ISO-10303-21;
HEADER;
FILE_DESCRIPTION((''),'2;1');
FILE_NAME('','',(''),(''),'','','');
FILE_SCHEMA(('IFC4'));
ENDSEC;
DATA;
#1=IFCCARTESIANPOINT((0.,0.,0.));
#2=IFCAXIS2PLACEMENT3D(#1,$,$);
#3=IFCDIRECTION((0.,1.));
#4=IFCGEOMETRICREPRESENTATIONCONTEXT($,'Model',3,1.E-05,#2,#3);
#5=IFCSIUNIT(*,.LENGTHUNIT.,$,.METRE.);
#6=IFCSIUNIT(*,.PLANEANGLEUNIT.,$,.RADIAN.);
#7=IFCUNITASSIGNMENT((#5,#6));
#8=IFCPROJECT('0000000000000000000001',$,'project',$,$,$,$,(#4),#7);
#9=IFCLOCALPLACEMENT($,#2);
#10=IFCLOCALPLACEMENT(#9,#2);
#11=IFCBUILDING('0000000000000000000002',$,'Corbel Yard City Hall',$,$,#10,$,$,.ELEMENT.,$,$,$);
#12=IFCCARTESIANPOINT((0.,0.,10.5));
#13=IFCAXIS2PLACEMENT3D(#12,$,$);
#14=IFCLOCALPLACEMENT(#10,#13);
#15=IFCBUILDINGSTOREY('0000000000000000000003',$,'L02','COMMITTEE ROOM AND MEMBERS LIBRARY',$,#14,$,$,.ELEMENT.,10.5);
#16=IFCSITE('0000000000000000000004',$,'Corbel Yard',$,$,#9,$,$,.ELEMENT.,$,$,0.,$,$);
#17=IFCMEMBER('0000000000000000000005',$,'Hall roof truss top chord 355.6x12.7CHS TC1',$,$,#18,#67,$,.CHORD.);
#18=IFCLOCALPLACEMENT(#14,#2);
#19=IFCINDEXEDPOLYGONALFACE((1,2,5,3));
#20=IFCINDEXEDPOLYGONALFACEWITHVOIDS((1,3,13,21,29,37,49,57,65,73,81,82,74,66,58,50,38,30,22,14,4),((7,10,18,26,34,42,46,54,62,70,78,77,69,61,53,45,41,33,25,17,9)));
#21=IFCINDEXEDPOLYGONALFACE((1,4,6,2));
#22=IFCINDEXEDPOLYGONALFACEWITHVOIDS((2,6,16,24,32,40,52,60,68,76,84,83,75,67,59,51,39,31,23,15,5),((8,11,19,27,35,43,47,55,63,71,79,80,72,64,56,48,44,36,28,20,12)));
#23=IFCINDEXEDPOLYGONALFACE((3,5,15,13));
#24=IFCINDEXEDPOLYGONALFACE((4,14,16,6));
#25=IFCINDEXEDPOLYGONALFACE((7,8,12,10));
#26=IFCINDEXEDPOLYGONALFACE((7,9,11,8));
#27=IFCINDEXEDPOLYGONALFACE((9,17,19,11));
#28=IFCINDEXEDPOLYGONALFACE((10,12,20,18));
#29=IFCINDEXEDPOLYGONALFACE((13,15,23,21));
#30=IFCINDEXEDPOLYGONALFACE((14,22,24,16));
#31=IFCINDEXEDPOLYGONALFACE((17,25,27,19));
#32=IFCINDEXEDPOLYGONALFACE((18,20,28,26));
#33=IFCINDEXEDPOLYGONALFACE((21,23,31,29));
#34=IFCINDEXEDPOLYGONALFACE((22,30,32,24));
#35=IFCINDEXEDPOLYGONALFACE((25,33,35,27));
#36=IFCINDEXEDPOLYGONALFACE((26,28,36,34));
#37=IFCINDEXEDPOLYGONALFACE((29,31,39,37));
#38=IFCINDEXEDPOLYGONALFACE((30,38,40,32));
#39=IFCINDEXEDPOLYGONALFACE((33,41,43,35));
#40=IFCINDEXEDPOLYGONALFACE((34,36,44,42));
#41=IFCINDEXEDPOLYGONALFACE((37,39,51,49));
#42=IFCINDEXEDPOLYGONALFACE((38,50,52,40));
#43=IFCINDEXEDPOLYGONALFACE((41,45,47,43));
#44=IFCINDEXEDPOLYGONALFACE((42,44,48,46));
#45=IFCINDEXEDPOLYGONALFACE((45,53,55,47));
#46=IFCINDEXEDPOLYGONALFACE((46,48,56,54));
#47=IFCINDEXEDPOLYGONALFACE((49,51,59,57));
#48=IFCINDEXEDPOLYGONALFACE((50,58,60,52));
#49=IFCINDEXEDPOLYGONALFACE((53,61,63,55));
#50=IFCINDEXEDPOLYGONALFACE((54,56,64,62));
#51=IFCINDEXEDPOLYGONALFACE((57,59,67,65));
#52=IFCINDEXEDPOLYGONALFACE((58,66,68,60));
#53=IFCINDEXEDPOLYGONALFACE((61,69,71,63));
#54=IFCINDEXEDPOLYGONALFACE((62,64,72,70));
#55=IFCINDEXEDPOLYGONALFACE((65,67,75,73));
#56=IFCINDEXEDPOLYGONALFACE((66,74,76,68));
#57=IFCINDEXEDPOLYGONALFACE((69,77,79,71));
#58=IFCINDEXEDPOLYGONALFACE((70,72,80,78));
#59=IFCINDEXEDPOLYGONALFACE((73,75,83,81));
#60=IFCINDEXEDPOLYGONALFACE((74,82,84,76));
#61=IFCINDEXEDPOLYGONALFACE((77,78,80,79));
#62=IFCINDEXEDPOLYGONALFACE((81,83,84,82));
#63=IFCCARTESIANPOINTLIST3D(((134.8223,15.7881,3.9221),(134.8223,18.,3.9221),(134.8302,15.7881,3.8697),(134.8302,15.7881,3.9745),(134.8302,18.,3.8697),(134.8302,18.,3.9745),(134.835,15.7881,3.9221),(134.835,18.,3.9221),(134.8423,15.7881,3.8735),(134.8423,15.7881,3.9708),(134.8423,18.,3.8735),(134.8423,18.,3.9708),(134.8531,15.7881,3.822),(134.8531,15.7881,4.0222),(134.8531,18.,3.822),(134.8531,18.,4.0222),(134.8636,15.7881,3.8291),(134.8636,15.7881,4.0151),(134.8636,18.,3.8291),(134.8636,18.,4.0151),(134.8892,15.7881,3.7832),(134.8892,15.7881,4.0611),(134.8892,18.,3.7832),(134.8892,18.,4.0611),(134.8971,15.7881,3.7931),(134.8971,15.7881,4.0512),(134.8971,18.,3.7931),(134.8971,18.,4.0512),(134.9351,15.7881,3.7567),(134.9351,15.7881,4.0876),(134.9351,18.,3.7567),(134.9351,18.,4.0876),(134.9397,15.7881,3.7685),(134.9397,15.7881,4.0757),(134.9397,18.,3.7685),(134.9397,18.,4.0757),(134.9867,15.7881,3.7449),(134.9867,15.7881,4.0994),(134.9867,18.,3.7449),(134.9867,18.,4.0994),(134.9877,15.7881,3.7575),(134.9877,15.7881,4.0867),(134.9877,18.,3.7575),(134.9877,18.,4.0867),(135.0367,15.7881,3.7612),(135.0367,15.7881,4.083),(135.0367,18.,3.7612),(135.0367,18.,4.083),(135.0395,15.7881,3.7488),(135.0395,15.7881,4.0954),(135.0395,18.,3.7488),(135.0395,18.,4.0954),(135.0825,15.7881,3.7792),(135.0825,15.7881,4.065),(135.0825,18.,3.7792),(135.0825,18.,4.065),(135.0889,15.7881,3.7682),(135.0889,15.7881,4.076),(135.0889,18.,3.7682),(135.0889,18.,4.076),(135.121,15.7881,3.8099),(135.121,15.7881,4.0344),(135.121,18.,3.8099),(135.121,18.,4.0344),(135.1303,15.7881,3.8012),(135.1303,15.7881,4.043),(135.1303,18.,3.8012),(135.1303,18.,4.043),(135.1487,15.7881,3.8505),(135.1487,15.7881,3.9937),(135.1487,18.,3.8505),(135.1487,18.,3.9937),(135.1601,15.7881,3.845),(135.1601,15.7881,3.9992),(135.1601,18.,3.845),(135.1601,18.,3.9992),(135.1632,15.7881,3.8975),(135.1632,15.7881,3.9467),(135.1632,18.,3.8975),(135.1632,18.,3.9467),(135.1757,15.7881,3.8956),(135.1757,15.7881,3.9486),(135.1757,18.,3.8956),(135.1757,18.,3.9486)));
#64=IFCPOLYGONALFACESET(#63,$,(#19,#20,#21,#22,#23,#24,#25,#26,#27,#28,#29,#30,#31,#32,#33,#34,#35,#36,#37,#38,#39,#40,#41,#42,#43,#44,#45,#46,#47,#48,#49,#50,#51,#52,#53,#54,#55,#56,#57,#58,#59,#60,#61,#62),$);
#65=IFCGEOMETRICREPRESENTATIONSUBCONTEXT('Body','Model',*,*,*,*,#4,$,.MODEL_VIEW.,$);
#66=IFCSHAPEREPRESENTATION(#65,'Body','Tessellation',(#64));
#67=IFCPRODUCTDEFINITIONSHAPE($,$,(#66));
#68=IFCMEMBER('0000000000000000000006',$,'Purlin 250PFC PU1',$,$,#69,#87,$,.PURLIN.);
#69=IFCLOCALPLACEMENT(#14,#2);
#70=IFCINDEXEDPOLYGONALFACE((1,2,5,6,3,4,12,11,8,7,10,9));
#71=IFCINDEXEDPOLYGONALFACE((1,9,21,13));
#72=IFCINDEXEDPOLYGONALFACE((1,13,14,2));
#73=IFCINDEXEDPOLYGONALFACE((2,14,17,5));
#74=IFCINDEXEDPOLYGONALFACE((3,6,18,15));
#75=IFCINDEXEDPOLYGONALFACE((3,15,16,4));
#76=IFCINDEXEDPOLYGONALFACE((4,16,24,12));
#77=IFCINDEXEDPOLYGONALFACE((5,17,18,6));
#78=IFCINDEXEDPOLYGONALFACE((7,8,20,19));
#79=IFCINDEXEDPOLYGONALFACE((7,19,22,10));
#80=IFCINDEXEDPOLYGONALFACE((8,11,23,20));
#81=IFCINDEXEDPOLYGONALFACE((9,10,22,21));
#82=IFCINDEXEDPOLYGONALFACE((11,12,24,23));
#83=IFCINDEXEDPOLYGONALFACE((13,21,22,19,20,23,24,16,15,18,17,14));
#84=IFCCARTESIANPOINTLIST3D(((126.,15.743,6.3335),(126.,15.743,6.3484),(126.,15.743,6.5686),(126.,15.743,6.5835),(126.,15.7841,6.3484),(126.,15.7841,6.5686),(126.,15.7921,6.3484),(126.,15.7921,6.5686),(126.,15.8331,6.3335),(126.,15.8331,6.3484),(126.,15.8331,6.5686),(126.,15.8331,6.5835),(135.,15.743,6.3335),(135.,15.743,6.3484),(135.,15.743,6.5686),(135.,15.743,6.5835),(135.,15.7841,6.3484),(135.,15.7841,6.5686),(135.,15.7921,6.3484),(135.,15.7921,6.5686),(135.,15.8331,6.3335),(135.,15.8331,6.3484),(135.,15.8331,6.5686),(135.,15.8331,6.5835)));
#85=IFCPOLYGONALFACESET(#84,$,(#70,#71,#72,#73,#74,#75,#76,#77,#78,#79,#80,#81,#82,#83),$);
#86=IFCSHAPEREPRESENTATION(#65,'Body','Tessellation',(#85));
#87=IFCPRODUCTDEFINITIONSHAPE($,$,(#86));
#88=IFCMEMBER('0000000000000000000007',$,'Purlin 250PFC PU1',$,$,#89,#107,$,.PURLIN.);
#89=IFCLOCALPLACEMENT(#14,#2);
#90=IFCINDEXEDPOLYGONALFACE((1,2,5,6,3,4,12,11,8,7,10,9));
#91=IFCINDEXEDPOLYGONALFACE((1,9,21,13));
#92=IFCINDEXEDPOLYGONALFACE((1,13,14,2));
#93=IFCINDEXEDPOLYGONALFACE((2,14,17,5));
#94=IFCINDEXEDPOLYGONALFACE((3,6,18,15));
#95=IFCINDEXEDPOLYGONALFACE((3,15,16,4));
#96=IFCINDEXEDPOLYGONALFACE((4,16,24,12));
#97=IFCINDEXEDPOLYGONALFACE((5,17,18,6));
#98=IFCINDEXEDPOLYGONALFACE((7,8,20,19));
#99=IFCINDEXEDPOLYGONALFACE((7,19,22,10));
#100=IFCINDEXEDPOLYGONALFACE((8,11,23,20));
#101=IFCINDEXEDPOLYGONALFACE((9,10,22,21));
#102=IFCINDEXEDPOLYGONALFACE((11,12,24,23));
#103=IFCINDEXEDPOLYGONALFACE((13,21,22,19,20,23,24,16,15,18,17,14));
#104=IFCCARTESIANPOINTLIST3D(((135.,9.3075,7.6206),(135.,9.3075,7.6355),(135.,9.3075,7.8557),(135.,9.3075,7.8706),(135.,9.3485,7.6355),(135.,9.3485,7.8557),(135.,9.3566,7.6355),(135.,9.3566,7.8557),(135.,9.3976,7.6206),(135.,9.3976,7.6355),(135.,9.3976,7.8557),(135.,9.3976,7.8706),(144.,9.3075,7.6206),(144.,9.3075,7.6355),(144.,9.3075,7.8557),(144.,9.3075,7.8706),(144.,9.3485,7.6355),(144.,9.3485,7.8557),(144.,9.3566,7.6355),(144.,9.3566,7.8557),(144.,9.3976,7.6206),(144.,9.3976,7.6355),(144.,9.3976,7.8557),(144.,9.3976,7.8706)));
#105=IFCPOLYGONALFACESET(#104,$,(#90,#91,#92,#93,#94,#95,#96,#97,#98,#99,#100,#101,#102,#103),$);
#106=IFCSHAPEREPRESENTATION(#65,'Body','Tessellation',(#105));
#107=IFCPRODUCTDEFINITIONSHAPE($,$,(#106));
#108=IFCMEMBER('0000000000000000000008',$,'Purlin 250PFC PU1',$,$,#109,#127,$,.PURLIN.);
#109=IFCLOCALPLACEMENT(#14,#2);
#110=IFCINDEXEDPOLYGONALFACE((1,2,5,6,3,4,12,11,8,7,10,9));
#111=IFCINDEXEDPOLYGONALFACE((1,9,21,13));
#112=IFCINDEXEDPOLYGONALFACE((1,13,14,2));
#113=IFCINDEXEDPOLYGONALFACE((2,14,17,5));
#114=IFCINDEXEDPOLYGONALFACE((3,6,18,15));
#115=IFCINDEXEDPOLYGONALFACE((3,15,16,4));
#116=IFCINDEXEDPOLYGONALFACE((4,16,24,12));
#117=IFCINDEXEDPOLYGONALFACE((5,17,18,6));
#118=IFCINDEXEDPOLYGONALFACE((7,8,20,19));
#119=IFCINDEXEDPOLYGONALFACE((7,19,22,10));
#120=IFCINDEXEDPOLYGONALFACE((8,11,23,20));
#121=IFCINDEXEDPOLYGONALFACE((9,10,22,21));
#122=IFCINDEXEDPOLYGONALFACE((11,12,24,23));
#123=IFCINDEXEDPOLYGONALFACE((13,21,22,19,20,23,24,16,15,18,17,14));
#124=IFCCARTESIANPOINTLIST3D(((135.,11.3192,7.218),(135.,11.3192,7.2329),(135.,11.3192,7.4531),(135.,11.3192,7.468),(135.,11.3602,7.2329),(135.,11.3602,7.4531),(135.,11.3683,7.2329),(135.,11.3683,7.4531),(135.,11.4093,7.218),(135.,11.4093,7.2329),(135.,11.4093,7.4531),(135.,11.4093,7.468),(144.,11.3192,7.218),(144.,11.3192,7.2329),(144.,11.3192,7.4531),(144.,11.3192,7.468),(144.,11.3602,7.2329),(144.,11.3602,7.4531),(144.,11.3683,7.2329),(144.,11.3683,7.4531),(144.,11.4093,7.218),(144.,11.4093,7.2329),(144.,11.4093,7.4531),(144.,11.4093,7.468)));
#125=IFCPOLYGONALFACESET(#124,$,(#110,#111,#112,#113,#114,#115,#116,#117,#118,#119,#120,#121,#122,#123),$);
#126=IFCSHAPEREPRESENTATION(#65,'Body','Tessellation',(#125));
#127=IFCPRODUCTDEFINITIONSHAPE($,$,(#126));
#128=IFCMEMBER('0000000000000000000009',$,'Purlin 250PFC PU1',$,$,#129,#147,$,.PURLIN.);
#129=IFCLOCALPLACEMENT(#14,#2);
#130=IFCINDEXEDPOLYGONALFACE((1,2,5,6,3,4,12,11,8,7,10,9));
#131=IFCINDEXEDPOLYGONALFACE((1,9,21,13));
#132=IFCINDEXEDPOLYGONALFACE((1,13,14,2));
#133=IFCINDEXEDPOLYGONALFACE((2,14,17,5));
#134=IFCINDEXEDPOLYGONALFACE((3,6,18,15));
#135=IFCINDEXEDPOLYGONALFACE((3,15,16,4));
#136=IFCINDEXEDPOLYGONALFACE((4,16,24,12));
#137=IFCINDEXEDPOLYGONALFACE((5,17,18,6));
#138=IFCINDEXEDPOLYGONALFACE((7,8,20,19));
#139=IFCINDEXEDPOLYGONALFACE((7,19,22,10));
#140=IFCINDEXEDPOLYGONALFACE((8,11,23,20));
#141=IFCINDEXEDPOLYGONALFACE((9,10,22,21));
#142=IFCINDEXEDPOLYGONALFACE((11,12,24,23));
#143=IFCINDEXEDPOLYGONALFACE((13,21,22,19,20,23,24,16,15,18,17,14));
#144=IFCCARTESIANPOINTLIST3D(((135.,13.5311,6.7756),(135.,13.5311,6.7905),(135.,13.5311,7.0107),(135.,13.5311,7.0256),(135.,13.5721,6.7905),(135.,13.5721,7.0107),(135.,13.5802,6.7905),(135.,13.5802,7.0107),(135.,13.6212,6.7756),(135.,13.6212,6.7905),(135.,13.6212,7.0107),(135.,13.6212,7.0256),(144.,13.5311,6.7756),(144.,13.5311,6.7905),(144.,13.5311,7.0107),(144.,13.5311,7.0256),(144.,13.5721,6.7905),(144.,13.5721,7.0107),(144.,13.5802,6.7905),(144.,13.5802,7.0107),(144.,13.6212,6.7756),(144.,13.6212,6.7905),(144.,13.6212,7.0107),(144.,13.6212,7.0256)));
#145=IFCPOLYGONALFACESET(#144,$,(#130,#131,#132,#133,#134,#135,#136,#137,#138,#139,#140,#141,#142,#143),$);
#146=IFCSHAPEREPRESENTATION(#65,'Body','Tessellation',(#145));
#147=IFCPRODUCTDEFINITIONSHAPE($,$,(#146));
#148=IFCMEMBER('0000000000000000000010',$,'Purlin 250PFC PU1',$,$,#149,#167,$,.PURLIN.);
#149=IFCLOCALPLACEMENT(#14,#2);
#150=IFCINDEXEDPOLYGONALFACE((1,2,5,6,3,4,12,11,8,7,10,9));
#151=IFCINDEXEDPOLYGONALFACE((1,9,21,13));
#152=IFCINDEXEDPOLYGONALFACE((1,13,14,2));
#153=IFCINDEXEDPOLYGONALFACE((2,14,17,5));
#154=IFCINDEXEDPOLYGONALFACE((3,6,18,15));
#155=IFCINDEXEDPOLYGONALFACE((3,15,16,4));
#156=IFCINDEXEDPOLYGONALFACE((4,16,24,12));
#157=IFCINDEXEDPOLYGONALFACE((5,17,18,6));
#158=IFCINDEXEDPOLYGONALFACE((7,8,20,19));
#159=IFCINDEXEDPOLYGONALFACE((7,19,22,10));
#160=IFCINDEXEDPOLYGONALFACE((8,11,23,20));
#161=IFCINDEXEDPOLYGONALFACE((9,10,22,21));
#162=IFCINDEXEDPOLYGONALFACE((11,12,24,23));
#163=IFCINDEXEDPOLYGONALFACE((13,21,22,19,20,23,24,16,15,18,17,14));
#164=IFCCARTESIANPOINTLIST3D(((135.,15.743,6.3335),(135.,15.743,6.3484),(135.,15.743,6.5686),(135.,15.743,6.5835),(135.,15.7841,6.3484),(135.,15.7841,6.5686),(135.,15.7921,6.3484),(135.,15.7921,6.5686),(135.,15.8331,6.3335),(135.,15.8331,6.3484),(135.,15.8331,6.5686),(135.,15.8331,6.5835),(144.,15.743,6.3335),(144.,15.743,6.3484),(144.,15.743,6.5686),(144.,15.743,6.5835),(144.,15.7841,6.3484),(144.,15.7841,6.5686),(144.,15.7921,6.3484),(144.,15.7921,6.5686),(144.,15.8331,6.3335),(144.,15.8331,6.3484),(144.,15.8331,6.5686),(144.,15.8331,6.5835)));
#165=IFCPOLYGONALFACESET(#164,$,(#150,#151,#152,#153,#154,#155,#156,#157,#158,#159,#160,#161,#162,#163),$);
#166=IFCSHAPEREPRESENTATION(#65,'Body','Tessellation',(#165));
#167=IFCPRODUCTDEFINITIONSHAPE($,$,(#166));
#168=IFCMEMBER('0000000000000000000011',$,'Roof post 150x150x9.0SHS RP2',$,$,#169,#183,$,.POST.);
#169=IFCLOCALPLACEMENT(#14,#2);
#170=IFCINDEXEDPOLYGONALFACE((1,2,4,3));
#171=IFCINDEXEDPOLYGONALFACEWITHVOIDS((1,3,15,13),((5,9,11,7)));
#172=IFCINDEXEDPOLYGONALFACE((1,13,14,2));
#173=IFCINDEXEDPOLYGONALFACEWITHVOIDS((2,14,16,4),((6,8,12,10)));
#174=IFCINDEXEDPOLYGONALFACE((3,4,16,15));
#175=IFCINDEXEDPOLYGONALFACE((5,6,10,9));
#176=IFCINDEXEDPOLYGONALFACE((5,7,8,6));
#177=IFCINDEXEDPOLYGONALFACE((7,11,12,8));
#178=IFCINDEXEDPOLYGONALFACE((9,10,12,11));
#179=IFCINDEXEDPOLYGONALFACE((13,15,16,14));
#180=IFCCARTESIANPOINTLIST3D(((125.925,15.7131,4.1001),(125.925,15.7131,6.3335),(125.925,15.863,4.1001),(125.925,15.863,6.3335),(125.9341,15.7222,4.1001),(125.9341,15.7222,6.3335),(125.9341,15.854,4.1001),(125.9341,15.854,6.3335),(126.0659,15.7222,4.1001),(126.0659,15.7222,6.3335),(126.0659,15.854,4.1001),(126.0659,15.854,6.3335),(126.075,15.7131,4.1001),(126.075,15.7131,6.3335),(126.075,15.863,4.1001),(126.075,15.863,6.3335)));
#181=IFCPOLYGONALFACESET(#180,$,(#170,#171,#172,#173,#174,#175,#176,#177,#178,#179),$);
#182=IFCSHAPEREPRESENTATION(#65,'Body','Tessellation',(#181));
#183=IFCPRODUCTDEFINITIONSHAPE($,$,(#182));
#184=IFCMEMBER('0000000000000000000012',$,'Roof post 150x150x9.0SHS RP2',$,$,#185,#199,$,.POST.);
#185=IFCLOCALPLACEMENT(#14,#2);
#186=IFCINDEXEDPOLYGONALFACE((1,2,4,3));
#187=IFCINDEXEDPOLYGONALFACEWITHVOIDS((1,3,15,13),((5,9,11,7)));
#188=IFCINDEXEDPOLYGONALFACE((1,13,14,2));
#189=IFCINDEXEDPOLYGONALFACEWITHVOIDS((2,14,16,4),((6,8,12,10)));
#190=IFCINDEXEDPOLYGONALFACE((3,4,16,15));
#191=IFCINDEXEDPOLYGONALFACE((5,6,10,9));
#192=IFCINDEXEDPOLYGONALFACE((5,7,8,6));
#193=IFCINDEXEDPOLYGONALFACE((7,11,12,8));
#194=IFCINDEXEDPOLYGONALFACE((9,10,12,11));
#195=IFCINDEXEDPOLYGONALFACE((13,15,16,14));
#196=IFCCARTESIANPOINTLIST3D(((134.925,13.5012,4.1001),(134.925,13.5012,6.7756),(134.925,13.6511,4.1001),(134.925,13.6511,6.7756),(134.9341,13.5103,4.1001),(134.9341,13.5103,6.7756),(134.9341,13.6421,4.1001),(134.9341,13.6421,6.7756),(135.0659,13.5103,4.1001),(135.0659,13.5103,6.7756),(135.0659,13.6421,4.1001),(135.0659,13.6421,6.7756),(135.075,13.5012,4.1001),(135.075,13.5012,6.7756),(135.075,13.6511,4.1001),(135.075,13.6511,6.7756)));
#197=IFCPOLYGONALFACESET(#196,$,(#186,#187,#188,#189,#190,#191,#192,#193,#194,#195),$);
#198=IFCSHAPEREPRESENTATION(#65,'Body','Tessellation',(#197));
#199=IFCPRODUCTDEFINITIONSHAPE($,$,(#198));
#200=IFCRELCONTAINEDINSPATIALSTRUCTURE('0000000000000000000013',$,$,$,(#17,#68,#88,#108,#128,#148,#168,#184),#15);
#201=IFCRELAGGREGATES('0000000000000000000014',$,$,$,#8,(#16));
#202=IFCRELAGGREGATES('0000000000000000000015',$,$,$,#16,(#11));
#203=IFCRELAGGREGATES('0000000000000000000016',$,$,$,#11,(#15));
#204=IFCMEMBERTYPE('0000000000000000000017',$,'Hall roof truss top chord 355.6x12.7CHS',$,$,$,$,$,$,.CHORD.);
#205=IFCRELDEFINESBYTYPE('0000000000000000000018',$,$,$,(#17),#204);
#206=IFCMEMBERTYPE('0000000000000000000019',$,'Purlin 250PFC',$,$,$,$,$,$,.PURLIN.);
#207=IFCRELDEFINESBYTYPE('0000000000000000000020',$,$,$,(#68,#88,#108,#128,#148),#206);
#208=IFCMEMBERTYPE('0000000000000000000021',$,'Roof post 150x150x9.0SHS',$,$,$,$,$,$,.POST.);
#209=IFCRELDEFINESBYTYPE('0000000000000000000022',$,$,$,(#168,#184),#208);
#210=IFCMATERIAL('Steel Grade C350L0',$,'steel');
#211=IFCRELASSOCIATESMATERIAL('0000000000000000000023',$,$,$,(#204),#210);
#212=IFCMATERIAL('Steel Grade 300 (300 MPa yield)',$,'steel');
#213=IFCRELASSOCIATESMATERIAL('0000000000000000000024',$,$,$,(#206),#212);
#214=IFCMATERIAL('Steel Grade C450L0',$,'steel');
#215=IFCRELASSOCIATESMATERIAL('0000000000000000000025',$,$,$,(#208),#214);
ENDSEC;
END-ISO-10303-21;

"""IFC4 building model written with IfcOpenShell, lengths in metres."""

from ifc_helpers import new_model, si_unit, direction, frame, origin, origin_2d, place, context, subcontext, project, spatial, hollow_rectangle, hollow_circle, i_section, extrude, material, material_profile, profile_set, type_object, element, save


model = new_model("IFC4")

# Units and contexts
model_context = context("Model", 3, precision=1e-05, world=origin(), true_north=direction((0.0, 1.0)))
body_context = subcontext(model_context, "Body", "Model", "MODEL_VIEW")
ifc_project = project(units=[si_unit("LENGTHUNIT", "METRE"), si_unit("PLANEANGLEUNIT", "RADIAN")], contexts=[model_context])

# Site, building, storey
site_placement = place(None, origin())
site = spatial("IfcSite", under=ifc_project, at=site_placement, Name="Corbel Yard", CompositionType="ELEMENT", RefElevation=0.0)
building_placement = place(site_placement, origin())
building = spatial("IfcBuilding", under=site, at=building_placement, Name="Corbel Yard City Hall", CompositionType="ELEMENT")
storey_placement = place(building_placement, frame((0.0, 0.0, 10.5)))
storey = spatial("IfcBuildingStorey", under=building, at=storey_placement, Name="L02", Description="COMMITTEE ROOM AND MEMBERS LIBRARY", CompositionType="ELEMENT", Elevation=10.5)

# Shared definitions
ifc_material_1 = material(Name="Steel Grade 300 (300 MPa yield)", Category="steel")

# Members
ifc_material_2 = material(Name="Steel Grade C350L0", Category="steel")
ifc_material_profile_1 = material_profile(ifc_material_2, hollow_circle(Radius=0.1777, WallThickness=0.0127, at=origin_2d()), Name="355.6x12.7CHS")
ifc_profile_set_1 = profile_set([ifc_material_profile_1], Name="Steel Grade C350L0")
member_type_1 = type_object("IfcMemberType", Name="Hall roof truss top chord 355.6x12.7CHS", PredefinedType="CHORD", material=ifc_profile_set_1)
for number, where, z_axis, x_axis, name in (
    (1, (135.0, 15.7881, 3.9221), (0.0, 1.0, 0.0), (-1.0, 0.0, 0.0), "Hall roof truss top chord 355.6x12.7CHS TC1"),
):
    element("IfcMember", number, at=place(storey_placement, frame(where, z_axis=z_axis, x_axis=x_axis)), inside=storey, type_object=member_type_1, Name=name, PredefinedType="CHORD", context=body_context, shape_type="SweptSolid", body=[
        extrude(hollow_circle(Radius=0.1777, WallThickness=0.0127, at=origin_2d()), origin(), (0.0, 0.0, 1.0), 2.2119),
    ])
ifc_material_profile_2 = material_profile(ifc_material_1, i_section(OverallWidth=0.0901, OverallDepth=0.25, WebThickness=0.0081, FlangeThickness=0.0149, at=origin_2d()), Name="250PFC")
ifc_profile_set_2 = profile_set([ifc_material_profile_2], Name="Steel Grade 300 (300 MPa yield)")
member_type_2 = type_object("IfcMemberType", Name="Purlin 250PFC", PredefinedType="PURLIN", material=ifc_profile_set_2)
for number, where, z_axis, x_axis, name in (
    (2, (126.0, 15.7881, 6.4585), (1.0, 0.0, 0.0), (0.0, 1.0, 0.0), "Purlin 250PFC PU1"),
    (3, (135.0, 9.3525, 7.7456), (1.0, 0.0, 0.0), (0.0, 1.0, 0.0), "Purlin 250PFC PU1"),
    (4, (135.0, 11.3643, 7.343), (1.0, 0.0, 0.0), (0.0, 1.0, 0.0), "Purlin 250PFC PU1"),
    (5, (135.0, 13.5762, 6.9006), (1.0, 0.0, 0.0), (0.0, 1.0, 0.0), "Purlin 250PFC PU1"),
    (6, (135.0, 15.7881, 6.4585), (1.0, 0.0, 0.0), (0.0, 1.0, 0.0), "Purlin 250PFC PU1"),
):
    element("IfcMember", number, at=place(storey_placement, frame(where, z_axis=z_axis, x_axis=x_axis)), inside=storey, type_object=member_type_2, Name=name, PredefinedType="PURLIN", context=body_context, shape_type="SweptSolid", body=[
        extrude(i_section(OverallWidth=0.0901, OverallDepth=0.25, WebThickness=0.0081, FlangeThickness=0.0149, at=origin_2d()), origin(), (0.0, 0.0, 1.0), 9.0),
    ])
ifc_material_3 = material(Name="Steel Grade C450L0", Category="steel")
ifc_material_profile_3 = material_profile(ifc_material_3, hollow_rectangle(XDim=0.1499, YDim=0.1499, WallThickness=0.009, at=origin_2d()), Name="150x150x9.0SHS")
ifc_profile_set_3 = profile_set([ifc_material_profile_3], Name="Steel Grade C450L0")
member_type_3 = type_object("IfcMemberType", Name="Roof post 150x150x9.0SHS", PredefinedType="POST", material=ifc_profile_set_3)
member_1_placement = place(storey_placement, frame((126.0, 15.7881, 4.1001), z_axis=(0.0, 0.0, 1.0), x_axis=(1.0, 0.0, 0.0)))
element("IfcMember", 7, at=member_1_placement, inside=storey, type_object=member_type_3, Name="Roof post 150x150x9.0SHS RP2", PredefinedType="POST", context=body_context, shape_type="SweptSolid", body=[
    extrude(hollow_rectangle(XDim=0.1499, YDim=0.1499, WallThickness=0.009, at=origin_2d()), origin(), (0.0, 0.0, 1.0), 2.2334),
])
member_2_placement = place(storey_placement, frame((135.0, 13.5762, 4.1001), z_axis=(0.0, 0.0, 1.0), x_axis=(1.0, 0.0, 0.0)))
element("IfcMember", 8, at=member_2_placement, inside=storey, type_object=member_type_3, Name="Roof post 150x150x9.0SHS RP2", PredefinedType="POST", context=body_context, shape_type="SweptSolid", body=[
    extrude(hollow_rectangle(XDim=0.1499, YDim=0.1499, WallThickness=0.009, at=origin_2d()), origin(), (0.0, 0.0, 1.0), 2.6755),
])

save(model, "model.ifc")
